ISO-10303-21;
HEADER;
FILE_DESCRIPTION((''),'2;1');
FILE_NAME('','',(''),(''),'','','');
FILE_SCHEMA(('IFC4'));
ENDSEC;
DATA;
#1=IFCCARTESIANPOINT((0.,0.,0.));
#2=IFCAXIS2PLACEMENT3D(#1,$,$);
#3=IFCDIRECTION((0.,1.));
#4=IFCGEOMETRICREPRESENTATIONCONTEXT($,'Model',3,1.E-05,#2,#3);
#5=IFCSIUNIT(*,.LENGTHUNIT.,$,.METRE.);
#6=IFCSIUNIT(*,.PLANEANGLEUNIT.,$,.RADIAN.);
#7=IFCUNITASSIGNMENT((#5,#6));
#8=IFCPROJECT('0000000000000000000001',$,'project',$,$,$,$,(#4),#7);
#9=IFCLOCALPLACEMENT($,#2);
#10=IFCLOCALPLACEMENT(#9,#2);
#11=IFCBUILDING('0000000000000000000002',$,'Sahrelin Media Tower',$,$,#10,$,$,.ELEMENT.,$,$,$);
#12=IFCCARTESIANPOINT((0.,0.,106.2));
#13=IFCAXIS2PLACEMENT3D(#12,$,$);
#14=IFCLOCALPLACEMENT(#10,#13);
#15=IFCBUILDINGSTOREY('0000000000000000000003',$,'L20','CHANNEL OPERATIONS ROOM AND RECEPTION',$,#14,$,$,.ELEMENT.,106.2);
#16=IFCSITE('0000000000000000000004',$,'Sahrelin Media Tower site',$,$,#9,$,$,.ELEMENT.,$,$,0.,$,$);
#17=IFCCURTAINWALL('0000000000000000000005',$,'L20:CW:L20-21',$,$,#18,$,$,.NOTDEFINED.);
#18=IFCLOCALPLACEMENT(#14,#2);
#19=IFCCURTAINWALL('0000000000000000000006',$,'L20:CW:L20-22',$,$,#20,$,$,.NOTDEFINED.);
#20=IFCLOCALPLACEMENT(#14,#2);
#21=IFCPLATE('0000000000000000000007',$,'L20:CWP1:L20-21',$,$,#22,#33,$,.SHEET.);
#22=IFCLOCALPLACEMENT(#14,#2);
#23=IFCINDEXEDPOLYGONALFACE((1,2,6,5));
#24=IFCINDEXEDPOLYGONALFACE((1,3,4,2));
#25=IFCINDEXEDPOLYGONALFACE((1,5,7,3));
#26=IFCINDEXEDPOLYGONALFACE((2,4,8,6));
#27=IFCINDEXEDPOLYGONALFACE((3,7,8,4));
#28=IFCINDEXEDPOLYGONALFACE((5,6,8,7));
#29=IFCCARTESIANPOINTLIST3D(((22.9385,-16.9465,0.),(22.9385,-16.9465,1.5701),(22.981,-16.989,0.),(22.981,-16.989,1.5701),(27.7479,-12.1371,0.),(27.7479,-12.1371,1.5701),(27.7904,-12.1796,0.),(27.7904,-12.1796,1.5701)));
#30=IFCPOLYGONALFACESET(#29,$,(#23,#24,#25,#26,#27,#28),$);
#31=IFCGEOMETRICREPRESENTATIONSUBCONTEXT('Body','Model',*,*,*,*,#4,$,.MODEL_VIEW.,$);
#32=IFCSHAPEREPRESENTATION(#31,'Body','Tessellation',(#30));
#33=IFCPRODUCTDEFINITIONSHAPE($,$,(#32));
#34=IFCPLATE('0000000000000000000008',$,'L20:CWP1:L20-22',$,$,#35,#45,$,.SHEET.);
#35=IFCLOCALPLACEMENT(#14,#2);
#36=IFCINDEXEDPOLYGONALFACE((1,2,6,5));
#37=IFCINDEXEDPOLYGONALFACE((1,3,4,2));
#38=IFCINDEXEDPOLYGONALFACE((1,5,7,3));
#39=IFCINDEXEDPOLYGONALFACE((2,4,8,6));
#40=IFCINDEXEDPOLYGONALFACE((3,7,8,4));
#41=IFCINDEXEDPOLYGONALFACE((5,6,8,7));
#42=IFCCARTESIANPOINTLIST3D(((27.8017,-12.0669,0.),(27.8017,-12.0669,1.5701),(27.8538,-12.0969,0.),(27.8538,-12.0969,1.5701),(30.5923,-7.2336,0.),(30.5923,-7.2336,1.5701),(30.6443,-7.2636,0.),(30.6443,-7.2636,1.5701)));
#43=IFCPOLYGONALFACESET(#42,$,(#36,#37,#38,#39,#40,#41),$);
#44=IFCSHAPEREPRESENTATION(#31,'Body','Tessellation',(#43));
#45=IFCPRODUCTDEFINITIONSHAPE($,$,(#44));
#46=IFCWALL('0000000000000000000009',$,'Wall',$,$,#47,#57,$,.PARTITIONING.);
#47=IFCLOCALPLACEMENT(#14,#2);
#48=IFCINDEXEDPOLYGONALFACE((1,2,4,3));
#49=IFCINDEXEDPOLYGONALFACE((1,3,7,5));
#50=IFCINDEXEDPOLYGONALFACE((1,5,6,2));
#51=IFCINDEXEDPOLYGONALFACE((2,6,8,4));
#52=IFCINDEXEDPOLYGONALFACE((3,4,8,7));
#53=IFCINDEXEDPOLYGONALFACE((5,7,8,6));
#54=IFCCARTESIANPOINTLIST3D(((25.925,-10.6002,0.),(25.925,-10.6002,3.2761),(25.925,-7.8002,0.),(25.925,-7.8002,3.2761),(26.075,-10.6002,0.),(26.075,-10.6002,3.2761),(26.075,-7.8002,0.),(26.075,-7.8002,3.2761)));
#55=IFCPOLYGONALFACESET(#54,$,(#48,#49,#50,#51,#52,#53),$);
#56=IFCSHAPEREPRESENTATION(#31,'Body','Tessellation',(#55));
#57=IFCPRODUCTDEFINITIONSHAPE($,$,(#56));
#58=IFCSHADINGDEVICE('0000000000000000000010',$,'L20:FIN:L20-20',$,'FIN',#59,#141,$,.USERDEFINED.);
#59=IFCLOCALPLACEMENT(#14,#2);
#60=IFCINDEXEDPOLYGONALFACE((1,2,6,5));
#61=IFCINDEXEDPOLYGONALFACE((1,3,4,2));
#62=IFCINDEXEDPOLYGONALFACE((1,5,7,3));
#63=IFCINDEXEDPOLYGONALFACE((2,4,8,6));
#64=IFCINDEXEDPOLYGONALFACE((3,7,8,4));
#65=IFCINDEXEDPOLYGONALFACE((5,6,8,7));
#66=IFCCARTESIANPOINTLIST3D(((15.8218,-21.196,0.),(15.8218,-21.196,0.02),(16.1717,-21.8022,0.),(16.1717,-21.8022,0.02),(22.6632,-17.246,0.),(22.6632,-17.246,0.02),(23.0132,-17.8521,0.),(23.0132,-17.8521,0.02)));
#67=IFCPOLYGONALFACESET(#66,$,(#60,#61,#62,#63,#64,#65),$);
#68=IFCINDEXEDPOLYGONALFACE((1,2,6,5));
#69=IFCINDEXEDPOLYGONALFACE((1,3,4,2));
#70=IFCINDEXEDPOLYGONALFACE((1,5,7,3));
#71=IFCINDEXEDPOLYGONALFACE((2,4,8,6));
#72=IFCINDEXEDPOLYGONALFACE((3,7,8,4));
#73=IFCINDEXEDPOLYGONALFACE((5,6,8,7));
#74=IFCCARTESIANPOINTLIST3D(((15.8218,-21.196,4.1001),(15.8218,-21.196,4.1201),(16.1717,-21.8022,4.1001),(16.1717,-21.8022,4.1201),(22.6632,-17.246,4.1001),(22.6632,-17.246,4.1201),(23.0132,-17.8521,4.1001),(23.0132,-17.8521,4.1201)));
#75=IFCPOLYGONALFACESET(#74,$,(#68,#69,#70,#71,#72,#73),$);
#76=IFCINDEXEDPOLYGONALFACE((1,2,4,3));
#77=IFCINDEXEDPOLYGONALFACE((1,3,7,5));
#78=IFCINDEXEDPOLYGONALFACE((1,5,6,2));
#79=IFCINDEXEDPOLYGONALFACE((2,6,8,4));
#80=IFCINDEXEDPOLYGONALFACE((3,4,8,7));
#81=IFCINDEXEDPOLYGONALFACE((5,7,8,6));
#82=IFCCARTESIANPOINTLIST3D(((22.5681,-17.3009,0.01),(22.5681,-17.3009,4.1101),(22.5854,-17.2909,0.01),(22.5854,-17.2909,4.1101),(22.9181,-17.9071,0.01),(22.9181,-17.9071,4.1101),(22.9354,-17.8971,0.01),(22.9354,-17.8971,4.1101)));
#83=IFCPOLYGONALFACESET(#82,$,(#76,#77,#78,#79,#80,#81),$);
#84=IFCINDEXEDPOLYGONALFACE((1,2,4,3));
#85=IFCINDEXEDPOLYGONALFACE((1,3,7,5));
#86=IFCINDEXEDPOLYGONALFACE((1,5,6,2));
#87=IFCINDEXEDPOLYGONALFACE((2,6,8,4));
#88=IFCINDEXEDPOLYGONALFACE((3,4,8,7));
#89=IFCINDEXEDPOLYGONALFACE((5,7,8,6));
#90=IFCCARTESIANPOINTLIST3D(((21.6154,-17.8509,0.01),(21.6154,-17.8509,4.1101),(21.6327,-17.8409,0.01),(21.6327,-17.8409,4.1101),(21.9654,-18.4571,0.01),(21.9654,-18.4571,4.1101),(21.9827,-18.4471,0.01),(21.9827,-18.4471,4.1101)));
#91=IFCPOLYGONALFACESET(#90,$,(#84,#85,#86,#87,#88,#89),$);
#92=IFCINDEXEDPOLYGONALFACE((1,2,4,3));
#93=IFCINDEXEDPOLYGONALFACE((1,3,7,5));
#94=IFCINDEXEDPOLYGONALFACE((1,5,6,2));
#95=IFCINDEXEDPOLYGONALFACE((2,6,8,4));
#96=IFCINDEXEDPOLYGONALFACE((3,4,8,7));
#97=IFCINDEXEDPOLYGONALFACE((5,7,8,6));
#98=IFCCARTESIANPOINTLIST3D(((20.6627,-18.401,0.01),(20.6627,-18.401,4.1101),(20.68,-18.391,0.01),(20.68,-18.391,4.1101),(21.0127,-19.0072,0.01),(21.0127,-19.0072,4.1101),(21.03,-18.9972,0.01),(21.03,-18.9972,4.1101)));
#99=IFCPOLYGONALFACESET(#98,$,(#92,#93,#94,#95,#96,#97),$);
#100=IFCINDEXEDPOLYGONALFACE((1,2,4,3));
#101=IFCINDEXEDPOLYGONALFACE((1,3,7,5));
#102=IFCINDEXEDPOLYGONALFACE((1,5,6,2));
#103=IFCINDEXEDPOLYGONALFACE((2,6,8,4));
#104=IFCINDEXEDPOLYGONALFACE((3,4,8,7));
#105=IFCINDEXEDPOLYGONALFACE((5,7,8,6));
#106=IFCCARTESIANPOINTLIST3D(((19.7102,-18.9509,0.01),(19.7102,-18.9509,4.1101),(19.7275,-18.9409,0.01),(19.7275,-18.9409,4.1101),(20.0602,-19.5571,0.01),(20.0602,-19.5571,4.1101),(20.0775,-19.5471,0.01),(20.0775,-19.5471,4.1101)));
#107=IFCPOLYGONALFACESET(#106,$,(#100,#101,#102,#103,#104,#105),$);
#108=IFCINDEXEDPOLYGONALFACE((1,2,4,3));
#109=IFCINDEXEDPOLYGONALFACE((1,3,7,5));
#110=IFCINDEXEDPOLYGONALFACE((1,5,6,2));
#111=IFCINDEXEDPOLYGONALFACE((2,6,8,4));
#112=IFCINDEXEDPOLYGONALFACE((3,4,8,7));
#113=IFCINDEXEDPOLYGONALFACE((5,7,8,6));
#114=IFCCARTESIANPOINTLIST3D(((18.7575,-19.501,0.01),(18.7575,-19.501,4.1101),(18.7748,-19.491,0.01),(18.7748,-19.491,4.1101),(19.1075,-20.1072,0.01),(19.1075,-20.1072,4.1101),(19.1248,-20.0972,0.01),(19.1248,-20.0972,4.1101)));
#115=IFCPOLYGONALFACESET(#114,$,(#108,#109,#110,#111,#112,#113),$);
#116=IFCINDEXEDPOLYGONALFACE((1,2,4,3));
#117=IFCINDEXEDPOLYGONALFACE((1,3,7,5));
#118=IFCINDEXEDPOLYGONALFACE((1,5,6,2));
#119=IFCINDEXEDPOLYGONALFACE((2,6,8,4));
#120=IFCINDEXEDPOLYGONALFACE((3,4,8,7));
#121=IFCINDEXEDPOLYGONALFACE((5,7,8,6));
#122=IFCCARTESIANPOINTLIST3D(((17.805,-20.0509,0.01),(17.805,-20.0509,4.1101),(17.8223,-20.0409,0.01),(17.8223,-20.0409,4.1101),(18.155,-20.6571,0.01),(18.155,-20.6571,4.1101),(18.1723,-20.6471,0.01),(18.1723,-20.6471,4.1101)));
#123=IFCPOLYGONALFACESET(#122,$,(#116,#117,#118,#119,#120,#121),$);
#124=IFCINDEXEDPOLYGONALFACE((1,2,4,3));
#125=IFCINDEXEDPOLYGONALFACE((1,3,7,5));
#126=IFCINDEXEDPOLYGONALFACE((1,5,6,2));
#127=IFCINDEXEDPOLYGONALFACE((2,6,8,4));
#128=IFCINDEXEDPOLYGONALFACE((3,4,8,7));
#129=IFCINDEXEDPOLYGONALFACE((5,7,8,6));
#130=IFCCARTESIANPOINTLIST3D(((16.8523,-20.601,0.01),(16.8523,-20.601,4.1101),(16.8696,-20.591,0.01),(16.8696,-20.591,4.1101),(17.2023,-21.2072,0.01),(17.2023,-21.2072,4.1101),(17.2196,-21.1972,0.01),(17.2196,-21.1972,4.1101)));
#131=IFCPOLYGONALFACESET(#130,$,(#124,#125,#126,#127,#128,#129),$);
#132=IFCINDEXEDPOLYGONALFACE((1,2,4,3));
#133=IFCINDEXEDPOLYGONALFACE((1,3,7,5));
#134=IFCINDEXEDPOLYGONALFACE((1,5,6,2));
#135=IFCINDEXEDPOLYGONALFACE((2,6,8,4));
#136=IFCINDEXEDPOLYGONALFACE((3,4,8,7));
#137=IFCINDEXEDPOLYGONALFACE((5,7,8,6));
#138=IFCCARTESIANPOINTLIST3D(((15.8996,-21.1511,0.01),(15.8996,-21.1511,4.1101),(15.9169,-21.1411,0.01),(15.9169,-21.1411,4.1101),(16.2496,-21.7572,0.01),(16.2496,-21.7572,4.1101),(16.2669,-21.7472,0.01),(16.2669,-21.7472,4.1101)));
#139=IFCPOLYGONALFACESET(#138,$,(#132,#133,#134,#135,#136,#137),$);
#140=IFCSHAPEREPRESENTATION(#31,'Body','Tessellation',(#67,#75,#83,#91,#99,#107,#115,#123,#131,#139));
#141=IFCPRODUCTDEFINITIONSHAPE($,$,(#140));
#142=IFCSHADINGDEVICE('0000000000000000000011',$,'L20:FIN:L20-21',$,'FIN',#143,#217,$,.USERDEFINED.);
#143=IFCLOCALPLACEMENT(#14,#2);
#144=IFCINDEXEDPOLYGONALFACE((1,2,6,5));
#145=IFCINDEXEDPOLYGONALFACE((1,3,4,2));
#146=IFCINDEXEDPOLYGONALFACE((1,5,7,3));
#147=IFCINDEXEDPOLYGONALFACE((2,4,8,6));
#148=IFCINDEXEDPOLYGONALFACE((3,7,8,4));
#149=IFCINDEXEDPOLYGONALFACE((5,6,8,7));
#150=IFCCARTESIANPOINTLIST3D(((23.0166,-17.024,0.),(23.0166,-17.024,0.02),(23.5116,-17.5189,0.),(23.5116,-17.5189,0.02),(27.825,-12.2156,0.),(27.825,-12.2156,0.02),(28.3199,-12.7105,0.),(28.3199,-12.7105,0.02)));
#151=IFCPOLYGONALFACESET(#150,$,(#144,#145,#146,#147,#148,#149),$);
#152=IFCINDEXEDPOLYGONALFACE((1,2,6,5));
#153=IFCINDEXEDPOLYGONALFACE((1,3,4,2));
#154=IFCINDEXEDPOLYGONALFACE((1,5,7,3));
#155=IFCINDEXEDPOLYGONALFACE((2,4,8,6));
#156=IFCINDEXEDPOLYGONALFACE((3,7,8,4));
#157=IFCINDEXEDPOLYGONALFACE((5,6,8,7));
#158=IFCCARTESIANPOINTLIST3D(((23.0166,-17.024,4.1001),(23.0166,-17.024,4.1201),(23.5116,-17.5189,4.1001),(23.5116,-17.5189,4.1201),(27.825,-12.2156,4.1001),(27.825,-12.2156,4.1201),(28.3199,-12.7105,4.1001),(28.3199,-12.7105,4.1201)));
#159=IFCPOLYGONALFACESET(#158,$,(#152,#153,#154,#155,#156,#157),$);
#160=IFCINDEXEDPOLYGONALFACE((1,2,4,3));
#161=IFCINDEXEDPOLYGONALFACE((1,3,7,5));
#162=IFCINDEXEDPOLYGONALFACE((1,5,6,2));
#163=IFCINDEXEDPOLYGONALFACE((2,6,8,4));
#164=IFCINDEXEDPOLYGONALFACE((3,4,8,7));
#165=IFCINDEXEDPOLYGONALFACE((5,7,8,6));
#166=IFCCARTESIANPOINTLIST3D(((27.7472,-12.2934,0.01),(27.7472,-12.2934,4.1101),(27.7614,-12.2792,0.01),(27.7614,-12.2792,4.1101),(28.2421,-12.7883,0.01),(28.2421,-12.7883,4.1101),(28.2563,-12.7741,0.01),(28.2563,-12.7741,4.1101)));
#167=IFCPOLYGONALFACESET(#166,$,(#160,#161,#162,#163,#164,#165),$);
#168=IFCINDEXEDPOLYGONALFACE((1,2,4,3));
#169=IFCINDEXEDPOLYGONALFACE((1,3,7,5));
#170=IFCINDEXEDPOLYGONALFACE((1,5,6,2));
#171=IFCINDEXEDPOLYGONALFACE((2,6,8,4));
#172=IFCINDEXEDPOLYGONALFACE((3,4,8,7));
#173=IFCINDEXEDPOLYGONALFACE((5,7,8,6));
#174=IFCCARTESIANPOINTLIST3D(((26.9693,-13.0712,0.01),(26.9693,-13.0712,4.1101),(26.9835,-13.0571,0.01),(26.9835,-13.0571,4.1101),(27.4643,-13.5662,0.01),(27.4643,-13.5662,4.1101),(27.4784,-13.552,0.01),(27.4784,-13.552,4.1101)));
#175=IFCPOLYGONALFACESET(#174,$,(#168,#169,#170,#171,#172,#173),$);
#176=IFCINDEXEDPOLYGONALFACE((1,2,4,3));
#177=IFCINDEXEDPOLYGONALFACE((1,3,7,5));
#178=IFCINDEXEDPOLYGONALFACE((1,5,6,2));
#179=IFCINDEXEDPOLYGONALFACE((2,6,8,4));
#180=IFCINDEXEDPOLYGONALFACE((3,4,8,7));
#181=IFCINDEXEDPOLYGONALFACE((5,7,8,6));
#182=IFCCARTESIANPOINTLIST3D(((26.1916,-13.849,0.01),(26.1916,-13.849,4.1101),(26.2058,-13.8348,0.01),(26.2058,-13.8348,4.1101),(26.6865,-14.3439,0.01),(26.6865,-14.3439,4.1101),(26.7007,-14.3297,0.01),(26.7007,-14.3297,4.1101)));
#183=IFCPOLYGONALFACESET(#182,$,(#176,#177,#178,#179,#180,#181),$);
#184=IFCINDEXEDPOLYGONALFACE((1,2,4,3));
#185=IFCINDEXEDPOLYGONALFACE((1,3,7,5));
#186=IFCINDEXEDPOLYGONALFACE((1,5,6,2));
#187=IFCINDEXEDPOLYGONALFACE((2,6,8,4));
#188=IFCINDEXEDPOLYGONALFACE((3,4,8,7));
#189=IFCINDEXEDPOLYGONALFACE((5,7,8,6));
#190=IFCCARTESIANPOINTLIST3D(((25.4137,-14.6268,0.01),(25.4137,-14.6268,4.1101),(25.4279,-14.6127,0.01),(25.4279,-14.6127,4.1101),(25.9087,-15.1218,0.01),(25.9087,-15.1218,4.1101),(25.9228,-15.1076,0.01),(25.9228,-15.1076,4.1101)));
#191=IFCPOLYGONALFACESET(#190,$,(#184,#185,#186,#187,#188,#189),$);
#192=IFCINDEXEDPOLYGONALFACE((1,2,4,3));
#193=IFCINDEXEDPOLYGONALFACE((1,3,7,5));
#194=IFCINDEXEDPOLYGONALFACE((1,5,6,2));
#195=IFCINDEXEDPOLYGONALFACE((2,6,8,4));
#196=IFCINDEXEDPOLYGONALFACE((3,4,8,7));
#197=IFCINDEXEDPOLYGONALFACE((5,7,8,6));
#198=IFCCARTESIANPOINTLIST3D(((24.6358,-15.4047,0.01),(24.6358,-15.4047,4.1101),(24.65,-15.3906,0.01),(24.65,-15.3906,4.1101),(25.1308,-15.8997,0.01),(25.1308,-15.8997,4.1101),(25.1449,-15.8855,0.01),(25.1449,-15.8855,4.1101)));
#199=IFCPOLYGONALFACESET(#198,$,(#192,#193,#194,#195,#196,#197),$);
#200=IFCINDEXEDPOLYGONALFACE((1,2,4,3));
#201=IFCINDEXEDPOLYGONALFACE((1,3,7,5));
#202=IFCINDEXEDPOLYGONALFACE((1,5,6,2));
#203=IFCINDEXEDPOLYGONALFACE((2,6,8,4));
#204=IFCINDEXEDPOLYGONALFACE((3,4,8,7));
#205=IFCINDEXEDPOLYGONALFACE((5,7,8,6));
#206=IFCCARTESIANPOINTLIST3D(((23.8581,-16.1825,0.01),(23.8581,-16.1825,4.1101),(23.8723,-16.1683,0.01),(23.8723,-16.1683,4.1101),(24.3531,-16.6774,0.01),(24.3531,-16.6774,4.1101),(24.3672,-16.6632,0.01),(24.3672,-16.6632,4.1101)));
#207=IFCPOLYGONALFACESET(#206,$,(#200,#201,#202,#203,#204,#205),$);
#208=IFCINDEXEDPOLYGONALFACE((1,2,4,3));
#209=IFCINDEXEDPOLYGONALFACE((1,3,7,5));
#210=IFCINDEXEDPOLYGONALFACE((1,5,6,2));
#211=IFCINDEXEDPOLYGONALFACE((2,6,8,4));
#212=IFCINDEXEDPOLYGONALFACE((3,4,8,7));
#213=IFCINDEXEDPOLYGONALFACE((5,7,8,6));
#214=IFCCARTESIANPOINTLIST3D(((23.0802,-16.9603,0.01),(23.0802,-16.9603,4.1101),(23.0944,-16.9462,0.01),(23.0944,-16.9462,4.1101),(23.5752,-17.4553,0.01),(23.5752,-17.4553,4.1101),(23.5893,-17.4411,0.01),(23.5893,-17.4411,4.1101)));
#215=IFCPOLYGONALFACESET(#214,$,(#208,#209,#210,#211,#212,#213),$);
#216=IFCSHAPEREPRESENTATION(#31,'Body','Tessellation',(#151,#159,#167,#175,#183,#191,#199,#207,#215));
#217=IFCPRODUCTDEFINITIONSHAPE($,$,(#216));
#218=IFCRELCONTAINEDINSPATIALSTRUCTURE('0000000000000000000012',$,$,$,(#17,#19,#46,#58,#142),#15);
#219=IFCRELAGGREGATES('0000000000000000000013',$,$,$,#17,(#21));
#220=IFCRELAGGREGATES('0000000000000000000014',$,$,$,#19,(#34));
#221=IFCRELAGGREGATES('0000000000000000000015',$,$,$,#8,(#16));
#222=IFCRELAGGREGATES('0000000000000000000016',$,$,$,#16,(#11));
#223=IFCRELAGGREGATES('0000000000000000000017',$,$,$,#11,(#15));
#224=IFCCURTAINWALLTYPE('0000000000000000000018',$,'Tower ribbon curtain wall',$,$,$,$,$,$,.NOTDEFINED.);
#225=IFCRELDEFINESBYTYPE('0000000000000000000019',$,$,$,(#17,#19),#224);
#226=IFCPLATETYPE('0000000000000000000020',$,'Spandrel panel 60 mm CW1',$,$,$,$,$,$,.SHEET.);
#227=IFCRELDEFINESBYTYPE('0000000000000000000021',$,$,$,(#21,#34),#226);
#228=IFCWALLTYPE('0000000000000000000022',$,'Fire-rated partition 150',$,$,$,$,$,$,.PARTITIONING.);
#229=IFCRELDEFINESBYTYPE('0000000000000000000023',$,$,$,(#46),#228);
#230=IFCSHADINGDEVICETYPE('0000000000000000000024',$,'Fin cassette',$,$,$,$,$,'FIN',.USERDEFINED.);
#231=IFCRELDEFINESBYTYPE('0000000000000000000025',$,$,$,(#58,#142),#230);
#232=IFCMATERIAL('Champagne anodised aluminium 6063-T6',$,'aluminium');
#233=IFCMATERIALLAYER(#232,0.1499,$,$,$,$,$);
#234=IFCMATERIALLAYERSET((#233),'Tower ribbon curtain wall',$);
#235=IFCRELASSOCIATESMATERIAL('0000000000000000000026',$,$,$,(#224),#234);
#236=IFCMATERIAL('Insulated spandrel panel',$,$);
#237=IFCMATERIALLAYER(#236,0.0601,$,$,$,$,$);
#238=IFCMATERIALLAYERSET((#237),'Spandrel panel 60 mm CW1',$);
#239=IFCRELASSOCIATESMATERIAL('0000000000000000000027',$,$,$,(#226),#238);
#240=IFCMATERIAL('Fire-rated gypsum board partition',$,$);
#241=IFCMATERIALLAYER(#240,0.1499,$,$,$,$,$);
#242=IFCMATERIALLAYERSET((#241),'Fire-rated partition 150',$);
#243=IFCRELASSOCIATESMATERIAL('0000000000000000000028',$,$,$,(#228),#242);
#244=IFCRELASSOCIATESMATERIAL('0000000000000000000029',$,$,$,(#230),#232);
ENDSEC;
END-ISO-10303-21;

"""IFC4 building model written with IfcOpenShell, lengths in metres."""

from ifc_helpers import new_model, si_unit, direction, frame, frame_2d, origin, origin_2d, place, context, subcontext, project, spatial, polyline, rectangle, outline, extrude, material, layer, layer_set, type_object, element, aggregate, save


model = new_model("IFC4")

# Units and contexts
model_context = context("Model", 3, precision=1e-05, world=origin(), true_north=direction((0.0, 1.0)))
body_context = subcontext(model_context, "Body", "Model", "MODEL_VIEW")
ifc_project = project(units=[si_unit("LENGTHUNIT", "METRE"), si_unit("PLANEANGLEUNIT", "RADIAN")], contexts=[model_context])

# Site, building, storey
site_placement = place(None, origin())
site = spatial("IfcSite", under=ifc_project, at=site_placement, Name="Sahrelin Media Tower site", CompositionType="ELEMENT", RefElevation=0.0)
building_placement = place(site_placement, origin())
building = spatial("IfcBuilding", under=site, at=building_placement, Name="Sahrelin Media Tower", CompositionType="ELEMENT")
storey_placement = place(building_placement, frame((0.0, 0.0, 106.2)))
storey = spatial("IfcBuildingStorey", under=building, at=storey_placement, Name="L20", Description="CHANNEL OPERATIONS ROOM AND RECEPTION", CompositionType="ELEMENT", Elevation=106.2)

# Curtain wall
ifc_material_1 = material(Name="Champagne anodised aluminium 6063-T6", Category="aluminium")
ifc_layer_1 = layer(ifc_material_1, 0.1499)
ifc_layer_set_1 = layer_set([ifc_layer_1], Name="Tower ribbon curtain wall")
curtain_wall_type = type_object("IfcCurtainWallType", Name="Tower ribbon curtain wall", PredefinedType="NOTDEFINED", material=ifc_layer_set_1)
curtain_wall_1_placement = place(storey_placement, frame((25.3713, -14.5703, 0.0), z_axis=(0.0, 0.0, 1.0), x_axis=(1.0, 0.0, 0.0)))
curtain_wall_1 = element("IfcCurtainWall", 1, at=curtain_wall_1_placement, inside=storey, type_object=curtain_wall_type, Name="L20:CW:L20-21", PredefinedType="NOTDEFINED")

# Curtain wall
curtain_wall_2_placement = place(storey_placement, frame((29.2317, -9.6704, 0.0), z_axis=(0.0, 0.0, 1.0), x_axis=(1.0, 0.0, 0.0)))
curtain_wall_2 = element("IfcCurtainWall", 2, at=curtain_wall_2_placement, inside=storey, type_object=curtain_wall_type, Name="L20:CW:L20-22", PredefinedType="NOTDEFINED")

# Plates
ifc_material_2 = material(Name="Insulated spandrel panel")
ifc_layer_2 = layer(ifc_material_2, 0.0601)
ifc_layer_set_2 = layer_set([ifc_layer_2], Name="Spandrel panel 60 mm CW1")
plate_type_1 = type_object("IfcPlateType", Name="Spandrel panel 60 mm CW1", PredefinedType="SHEET", material=ifc_layer_set_2)
plate_1_placement = place(storey_placement, frame((22.981, -16.989, 0.0), z_axis=(0.707107, -0.707107, 0.0), x_axis=(0.707107, 0.707107, 0.0)))
plate_1 = element("IfcPlate", 3, at=plate_1_placement, type_object=plate_type_1, Name="L20:CWP1:L20-21", PredefinedType="SHEET", context=body_context, shape_type="SweptSolid", body=[
    extrude(outline(polyline([(0.0, 0.0), (6.8015, 0.0), (6.8015, 1.5701), (0.0, 1.5701), (0.0, 0.0)])), origin(), (0.0, 0.0, -1.0), 0.0601),
])
aggregate(curtain_wall_1, [plate_1])
plate_2_placement = place(storey_placement, frame((27.8538, -12.0969, 0.0), z_axis=(0.866022, -0.500006, 0.0), x_axis=(0.500006, 0.866022, 0.0)))
plate_2 = element("IfcPlate", 4, at=plate_2_placement, type_object=plate_type_1, Name="L20:CWP1:L20-22", PredefinedType="SHEET", context=body_context, shape_type="SweptSolid", body=[
    extrude(outline(polyline([(0.0, 0.0), (5.5811, 0.0), (5.5811, 1.5701), (0.0, 1.5701), (0.0, 0.0)])), origin(), (0.0, 0.0, -1.0), 0.0601),
])
aggregate(curtain_wall_2, [plate_2])

# Wall
ifc_material_3 = material(Name="Fire-rated gypsum board partition")
ifc_layer_3 = layer(ifc_material_3, 0.1499)
ifc_layer_set_3 = layer_set([ifc_layer_3], Name="Fire-rated partition 150")
wall_type = type_object("IfcWallType", Name="Fire-rated partition 150", PredefinedType="PARTITIONING", material=ifc_layer_set_3)
wall_placement = place(storey_placement, frame((26.0, -10.6001, 0.0), z_axis=(0.0, 0.0, 1.0), x_axis=(0.0, 1.0, 0.0)))
element("IfcWall", 5, at=wall_placement, inside=storey, type_object=wall_type, Name="Wall", PredefinedType="PARTITIONING", context=body_context, shape_type="SweptSolid", body=[
    extrude(rectangle(XDim=2.8, YDim=0.1499, at=frame_2d((1.3999, 0.0))), origin(), (0.0, 0.0, 1.0), 3.2761),
])

# Shading devices
shading_device_type_1 = type_object("IfcShadingDeviceType", Name="Fin cassette", ElementType="FIN", PredefinedType="USERDEFINED", material=ifc_material_1)
placement_1 = place(storey_placement, frame((19.2075, -19.1604, 0.0), z_axis=(0.0, 0.0, 1.0), x_axis=(-0.866019, -0.500011, 0.0)))
element("IfcShadingDevice", 6, at=placement_1, inside=storey, type_object=shading_device_type_1, Name="L20:FIN:L20-20", ObjectType="FIN", PredefinedType="USERDEFINED", context=body_context, shape_type="SweptSolid", body=[
    extrude(rectangle(XDim=7.8999, YDim=0.7, at=origin_2d()), frame((0.0, 0.4199, 0.0)), (0.0, 0.0, 1.0), 0.02),
    extrude(rectangle(XDim=7.8999, YDim=0.7, at=origin_2d()), frame((0.0, 0.4199, 4.1001)), (0.0, 0.0, 1.0), 0.02),
    extrude(rectangle(XDim=0.02, YDim=0.7, at=origin_2d()), frame((-3.8501, 0.4199, 0.01), z_axis=(0.0, 0.0, 1.0), x_axis=(1.0, 0.0, 0.0)), (0.0, 0.0, 1.0), 4.1001),
    extrude(rectangle(XDim=0.02, YDim=0.7, at=origin_2d()), frame((-2.75, 0.4199, 0.01), z_axis=(0.0, 0.0, 1.0), x_axis=(1.0, 0.0, 0.0)), (0.0, 0.0, 1.0), 4.1001),
    extrude(rectangle(XDim=0.02, YDim=0.7, at=origin_2d()), frame((-1.6499, 0.4199, 0.01), z_axis=(0.0, 0.0, 1.0), x_axis=(1.0, 0.0, 0.0)), (0.0, 0.0, 1.0), 4.1001),
    extrude(rectangle(XDim=0.02, YDim=0.7, at=origin_2d()), frame((-0.55, 0.4199, 0.01), z_axis=(0.0, 0.0, 1.0), x_axis=(1.0, 0.0, 0.0)), (0.0, 0.0, 1.0), 4.1001),
    extrude(rectangle(XDim=0.02, YDim=0.7, at=origin_2d()), frame((0.55, 0.4199, 0.01), z_axis=(0.0, 0.0, 1.0), x_axis=(1.0, 0.0, 0.0)), (0.0, 0.0, 1.0), 4.1001),
    extrude(rectangle(XDim=0.02, YDim=0.7, at=origin_2d()), frame((1.6499, 0.4199, 0.01), z_axis=(0.0, 0.0, 1.0), x_axis=(1.0, 0.0, 0.0)), (0.0, 0.0, 1.0), 4.1001),
    extrude(rectangle(XDim=0.02, YDim=0.7, at=origin_2d()), frame((2.75, 0.4199, 0.01), z_axis=(0.0, 0.0, 1.0), x_axis=(1.0, 0.0, 0.0)), (0.0, 0.0, 1.0), 4.1001),
    extrude(rectangle(XDim=0.02, YDim=0.7, at=origin_2d()), frame((3.8501, 0.4199, 0.01), z_axis=(0.0, 0.0, 1.0), x_axis=(1.0, 0.0, 0.0)), (0.0, 0.0, 1.0), 4.1001),
])
placement_2 = place(storey_placement, frame((25.3713, -14.5703, 0.0), z_axis=(0.0, 0.0, 1.0), x_axis=(-0.707107, -0.707107, 0.0)))
element("IfcShadingDevice", 7, at=placement_2, inside=storey, type_object=shading_device_type_1, Name="L20:FIN:L20-21", ObjectType="FIN", PredefinedType="USERDEFINED", context=body_context, shape_type="SweptSolid", body=[
    extrude(rectangle(XDim=6.8, YDim=0.7, at=origin_2d()), frame((0.0, 0.4199, 0.0)), (0.0, 0.0, 1.0), 0.02),
    extrude(rectangle(XDim=6.8, YDim=0.7, at=origin_2d()), frame((0.0, 0.4199, 4.1001)), (0.0, 0.0, 1.0), 0.02),
    extrude(rectangle(XDim=0.02, YDim=0.7, at=origin_2d()), frame((-3.3, 0.4199, 0.01), z_axis=(0.0, 0.0, 1.0), x_axis=(1.0, 0.0, 0.0)), (0.0, 0.0, 1.0), 4.1001),
    extrude(rectangle(XDim=0.02, YDim=0.7, at=origin_2d()), frame((-2.2, 0.4199, 0.01), z_axis=(0.0, 0.0, 1.0), x_axis=(1.0, 0.0, 0.0)), (0.0, 0.0, 1.0), 4.1001),
    extrude(rectangle(XDim=0.02, YDim=0.7, at=origin_2d()), frame((-1.1001, 0.4199, 0.01), z_axis=(0.0, 0.0, 1.0), x_axis=(1.0, 0.0, 0.0)), (0.0, 0.0, 1.0), 4.1001),
    extrude(rectangle(XDim=0.02, YDim=0.7, at=origin_2d()), frame((0.0, 0.4199, 0.01), z_axis=(0.0, 0.0, 1.0), x_axis=(1.0, 0.0, 0.0)), (0.0, 0.0, 1.0), 4.1001),
    extrude(rectangle(XDim=0.02, YDim=0.7, at=origin_2d()), frame((1.1001, 0.4199, 0.01), z_axis=(0.0, 0.0, 1.0), x_axis=(1.0, 0.0, 0.0)), (0.0, 0.0, 1.0), 4.1001),
    extrude(rectangle(XDim=0.02, YDim=0.7, at=origin_2d()), frame((2.2, 0.4199, 0.01), z_axis=(0.0, 0.0, 1.0), x_axis=(1.0, 0.0, 0.0)), (0.0, 0.0, 1.0), 4.1001),
    extrude(rectangle(XDim=0.02, YDim=0.7, at=origin_2d()), frame((3.3, 0.4199, 0.01), z_axis=(0.0, 0.0, 1.0), x_axis=(1.0, 0.0, 0.0)), (0.0, 0.0, 1.0), 4.1001),
])

save(model, "model.ifc")
